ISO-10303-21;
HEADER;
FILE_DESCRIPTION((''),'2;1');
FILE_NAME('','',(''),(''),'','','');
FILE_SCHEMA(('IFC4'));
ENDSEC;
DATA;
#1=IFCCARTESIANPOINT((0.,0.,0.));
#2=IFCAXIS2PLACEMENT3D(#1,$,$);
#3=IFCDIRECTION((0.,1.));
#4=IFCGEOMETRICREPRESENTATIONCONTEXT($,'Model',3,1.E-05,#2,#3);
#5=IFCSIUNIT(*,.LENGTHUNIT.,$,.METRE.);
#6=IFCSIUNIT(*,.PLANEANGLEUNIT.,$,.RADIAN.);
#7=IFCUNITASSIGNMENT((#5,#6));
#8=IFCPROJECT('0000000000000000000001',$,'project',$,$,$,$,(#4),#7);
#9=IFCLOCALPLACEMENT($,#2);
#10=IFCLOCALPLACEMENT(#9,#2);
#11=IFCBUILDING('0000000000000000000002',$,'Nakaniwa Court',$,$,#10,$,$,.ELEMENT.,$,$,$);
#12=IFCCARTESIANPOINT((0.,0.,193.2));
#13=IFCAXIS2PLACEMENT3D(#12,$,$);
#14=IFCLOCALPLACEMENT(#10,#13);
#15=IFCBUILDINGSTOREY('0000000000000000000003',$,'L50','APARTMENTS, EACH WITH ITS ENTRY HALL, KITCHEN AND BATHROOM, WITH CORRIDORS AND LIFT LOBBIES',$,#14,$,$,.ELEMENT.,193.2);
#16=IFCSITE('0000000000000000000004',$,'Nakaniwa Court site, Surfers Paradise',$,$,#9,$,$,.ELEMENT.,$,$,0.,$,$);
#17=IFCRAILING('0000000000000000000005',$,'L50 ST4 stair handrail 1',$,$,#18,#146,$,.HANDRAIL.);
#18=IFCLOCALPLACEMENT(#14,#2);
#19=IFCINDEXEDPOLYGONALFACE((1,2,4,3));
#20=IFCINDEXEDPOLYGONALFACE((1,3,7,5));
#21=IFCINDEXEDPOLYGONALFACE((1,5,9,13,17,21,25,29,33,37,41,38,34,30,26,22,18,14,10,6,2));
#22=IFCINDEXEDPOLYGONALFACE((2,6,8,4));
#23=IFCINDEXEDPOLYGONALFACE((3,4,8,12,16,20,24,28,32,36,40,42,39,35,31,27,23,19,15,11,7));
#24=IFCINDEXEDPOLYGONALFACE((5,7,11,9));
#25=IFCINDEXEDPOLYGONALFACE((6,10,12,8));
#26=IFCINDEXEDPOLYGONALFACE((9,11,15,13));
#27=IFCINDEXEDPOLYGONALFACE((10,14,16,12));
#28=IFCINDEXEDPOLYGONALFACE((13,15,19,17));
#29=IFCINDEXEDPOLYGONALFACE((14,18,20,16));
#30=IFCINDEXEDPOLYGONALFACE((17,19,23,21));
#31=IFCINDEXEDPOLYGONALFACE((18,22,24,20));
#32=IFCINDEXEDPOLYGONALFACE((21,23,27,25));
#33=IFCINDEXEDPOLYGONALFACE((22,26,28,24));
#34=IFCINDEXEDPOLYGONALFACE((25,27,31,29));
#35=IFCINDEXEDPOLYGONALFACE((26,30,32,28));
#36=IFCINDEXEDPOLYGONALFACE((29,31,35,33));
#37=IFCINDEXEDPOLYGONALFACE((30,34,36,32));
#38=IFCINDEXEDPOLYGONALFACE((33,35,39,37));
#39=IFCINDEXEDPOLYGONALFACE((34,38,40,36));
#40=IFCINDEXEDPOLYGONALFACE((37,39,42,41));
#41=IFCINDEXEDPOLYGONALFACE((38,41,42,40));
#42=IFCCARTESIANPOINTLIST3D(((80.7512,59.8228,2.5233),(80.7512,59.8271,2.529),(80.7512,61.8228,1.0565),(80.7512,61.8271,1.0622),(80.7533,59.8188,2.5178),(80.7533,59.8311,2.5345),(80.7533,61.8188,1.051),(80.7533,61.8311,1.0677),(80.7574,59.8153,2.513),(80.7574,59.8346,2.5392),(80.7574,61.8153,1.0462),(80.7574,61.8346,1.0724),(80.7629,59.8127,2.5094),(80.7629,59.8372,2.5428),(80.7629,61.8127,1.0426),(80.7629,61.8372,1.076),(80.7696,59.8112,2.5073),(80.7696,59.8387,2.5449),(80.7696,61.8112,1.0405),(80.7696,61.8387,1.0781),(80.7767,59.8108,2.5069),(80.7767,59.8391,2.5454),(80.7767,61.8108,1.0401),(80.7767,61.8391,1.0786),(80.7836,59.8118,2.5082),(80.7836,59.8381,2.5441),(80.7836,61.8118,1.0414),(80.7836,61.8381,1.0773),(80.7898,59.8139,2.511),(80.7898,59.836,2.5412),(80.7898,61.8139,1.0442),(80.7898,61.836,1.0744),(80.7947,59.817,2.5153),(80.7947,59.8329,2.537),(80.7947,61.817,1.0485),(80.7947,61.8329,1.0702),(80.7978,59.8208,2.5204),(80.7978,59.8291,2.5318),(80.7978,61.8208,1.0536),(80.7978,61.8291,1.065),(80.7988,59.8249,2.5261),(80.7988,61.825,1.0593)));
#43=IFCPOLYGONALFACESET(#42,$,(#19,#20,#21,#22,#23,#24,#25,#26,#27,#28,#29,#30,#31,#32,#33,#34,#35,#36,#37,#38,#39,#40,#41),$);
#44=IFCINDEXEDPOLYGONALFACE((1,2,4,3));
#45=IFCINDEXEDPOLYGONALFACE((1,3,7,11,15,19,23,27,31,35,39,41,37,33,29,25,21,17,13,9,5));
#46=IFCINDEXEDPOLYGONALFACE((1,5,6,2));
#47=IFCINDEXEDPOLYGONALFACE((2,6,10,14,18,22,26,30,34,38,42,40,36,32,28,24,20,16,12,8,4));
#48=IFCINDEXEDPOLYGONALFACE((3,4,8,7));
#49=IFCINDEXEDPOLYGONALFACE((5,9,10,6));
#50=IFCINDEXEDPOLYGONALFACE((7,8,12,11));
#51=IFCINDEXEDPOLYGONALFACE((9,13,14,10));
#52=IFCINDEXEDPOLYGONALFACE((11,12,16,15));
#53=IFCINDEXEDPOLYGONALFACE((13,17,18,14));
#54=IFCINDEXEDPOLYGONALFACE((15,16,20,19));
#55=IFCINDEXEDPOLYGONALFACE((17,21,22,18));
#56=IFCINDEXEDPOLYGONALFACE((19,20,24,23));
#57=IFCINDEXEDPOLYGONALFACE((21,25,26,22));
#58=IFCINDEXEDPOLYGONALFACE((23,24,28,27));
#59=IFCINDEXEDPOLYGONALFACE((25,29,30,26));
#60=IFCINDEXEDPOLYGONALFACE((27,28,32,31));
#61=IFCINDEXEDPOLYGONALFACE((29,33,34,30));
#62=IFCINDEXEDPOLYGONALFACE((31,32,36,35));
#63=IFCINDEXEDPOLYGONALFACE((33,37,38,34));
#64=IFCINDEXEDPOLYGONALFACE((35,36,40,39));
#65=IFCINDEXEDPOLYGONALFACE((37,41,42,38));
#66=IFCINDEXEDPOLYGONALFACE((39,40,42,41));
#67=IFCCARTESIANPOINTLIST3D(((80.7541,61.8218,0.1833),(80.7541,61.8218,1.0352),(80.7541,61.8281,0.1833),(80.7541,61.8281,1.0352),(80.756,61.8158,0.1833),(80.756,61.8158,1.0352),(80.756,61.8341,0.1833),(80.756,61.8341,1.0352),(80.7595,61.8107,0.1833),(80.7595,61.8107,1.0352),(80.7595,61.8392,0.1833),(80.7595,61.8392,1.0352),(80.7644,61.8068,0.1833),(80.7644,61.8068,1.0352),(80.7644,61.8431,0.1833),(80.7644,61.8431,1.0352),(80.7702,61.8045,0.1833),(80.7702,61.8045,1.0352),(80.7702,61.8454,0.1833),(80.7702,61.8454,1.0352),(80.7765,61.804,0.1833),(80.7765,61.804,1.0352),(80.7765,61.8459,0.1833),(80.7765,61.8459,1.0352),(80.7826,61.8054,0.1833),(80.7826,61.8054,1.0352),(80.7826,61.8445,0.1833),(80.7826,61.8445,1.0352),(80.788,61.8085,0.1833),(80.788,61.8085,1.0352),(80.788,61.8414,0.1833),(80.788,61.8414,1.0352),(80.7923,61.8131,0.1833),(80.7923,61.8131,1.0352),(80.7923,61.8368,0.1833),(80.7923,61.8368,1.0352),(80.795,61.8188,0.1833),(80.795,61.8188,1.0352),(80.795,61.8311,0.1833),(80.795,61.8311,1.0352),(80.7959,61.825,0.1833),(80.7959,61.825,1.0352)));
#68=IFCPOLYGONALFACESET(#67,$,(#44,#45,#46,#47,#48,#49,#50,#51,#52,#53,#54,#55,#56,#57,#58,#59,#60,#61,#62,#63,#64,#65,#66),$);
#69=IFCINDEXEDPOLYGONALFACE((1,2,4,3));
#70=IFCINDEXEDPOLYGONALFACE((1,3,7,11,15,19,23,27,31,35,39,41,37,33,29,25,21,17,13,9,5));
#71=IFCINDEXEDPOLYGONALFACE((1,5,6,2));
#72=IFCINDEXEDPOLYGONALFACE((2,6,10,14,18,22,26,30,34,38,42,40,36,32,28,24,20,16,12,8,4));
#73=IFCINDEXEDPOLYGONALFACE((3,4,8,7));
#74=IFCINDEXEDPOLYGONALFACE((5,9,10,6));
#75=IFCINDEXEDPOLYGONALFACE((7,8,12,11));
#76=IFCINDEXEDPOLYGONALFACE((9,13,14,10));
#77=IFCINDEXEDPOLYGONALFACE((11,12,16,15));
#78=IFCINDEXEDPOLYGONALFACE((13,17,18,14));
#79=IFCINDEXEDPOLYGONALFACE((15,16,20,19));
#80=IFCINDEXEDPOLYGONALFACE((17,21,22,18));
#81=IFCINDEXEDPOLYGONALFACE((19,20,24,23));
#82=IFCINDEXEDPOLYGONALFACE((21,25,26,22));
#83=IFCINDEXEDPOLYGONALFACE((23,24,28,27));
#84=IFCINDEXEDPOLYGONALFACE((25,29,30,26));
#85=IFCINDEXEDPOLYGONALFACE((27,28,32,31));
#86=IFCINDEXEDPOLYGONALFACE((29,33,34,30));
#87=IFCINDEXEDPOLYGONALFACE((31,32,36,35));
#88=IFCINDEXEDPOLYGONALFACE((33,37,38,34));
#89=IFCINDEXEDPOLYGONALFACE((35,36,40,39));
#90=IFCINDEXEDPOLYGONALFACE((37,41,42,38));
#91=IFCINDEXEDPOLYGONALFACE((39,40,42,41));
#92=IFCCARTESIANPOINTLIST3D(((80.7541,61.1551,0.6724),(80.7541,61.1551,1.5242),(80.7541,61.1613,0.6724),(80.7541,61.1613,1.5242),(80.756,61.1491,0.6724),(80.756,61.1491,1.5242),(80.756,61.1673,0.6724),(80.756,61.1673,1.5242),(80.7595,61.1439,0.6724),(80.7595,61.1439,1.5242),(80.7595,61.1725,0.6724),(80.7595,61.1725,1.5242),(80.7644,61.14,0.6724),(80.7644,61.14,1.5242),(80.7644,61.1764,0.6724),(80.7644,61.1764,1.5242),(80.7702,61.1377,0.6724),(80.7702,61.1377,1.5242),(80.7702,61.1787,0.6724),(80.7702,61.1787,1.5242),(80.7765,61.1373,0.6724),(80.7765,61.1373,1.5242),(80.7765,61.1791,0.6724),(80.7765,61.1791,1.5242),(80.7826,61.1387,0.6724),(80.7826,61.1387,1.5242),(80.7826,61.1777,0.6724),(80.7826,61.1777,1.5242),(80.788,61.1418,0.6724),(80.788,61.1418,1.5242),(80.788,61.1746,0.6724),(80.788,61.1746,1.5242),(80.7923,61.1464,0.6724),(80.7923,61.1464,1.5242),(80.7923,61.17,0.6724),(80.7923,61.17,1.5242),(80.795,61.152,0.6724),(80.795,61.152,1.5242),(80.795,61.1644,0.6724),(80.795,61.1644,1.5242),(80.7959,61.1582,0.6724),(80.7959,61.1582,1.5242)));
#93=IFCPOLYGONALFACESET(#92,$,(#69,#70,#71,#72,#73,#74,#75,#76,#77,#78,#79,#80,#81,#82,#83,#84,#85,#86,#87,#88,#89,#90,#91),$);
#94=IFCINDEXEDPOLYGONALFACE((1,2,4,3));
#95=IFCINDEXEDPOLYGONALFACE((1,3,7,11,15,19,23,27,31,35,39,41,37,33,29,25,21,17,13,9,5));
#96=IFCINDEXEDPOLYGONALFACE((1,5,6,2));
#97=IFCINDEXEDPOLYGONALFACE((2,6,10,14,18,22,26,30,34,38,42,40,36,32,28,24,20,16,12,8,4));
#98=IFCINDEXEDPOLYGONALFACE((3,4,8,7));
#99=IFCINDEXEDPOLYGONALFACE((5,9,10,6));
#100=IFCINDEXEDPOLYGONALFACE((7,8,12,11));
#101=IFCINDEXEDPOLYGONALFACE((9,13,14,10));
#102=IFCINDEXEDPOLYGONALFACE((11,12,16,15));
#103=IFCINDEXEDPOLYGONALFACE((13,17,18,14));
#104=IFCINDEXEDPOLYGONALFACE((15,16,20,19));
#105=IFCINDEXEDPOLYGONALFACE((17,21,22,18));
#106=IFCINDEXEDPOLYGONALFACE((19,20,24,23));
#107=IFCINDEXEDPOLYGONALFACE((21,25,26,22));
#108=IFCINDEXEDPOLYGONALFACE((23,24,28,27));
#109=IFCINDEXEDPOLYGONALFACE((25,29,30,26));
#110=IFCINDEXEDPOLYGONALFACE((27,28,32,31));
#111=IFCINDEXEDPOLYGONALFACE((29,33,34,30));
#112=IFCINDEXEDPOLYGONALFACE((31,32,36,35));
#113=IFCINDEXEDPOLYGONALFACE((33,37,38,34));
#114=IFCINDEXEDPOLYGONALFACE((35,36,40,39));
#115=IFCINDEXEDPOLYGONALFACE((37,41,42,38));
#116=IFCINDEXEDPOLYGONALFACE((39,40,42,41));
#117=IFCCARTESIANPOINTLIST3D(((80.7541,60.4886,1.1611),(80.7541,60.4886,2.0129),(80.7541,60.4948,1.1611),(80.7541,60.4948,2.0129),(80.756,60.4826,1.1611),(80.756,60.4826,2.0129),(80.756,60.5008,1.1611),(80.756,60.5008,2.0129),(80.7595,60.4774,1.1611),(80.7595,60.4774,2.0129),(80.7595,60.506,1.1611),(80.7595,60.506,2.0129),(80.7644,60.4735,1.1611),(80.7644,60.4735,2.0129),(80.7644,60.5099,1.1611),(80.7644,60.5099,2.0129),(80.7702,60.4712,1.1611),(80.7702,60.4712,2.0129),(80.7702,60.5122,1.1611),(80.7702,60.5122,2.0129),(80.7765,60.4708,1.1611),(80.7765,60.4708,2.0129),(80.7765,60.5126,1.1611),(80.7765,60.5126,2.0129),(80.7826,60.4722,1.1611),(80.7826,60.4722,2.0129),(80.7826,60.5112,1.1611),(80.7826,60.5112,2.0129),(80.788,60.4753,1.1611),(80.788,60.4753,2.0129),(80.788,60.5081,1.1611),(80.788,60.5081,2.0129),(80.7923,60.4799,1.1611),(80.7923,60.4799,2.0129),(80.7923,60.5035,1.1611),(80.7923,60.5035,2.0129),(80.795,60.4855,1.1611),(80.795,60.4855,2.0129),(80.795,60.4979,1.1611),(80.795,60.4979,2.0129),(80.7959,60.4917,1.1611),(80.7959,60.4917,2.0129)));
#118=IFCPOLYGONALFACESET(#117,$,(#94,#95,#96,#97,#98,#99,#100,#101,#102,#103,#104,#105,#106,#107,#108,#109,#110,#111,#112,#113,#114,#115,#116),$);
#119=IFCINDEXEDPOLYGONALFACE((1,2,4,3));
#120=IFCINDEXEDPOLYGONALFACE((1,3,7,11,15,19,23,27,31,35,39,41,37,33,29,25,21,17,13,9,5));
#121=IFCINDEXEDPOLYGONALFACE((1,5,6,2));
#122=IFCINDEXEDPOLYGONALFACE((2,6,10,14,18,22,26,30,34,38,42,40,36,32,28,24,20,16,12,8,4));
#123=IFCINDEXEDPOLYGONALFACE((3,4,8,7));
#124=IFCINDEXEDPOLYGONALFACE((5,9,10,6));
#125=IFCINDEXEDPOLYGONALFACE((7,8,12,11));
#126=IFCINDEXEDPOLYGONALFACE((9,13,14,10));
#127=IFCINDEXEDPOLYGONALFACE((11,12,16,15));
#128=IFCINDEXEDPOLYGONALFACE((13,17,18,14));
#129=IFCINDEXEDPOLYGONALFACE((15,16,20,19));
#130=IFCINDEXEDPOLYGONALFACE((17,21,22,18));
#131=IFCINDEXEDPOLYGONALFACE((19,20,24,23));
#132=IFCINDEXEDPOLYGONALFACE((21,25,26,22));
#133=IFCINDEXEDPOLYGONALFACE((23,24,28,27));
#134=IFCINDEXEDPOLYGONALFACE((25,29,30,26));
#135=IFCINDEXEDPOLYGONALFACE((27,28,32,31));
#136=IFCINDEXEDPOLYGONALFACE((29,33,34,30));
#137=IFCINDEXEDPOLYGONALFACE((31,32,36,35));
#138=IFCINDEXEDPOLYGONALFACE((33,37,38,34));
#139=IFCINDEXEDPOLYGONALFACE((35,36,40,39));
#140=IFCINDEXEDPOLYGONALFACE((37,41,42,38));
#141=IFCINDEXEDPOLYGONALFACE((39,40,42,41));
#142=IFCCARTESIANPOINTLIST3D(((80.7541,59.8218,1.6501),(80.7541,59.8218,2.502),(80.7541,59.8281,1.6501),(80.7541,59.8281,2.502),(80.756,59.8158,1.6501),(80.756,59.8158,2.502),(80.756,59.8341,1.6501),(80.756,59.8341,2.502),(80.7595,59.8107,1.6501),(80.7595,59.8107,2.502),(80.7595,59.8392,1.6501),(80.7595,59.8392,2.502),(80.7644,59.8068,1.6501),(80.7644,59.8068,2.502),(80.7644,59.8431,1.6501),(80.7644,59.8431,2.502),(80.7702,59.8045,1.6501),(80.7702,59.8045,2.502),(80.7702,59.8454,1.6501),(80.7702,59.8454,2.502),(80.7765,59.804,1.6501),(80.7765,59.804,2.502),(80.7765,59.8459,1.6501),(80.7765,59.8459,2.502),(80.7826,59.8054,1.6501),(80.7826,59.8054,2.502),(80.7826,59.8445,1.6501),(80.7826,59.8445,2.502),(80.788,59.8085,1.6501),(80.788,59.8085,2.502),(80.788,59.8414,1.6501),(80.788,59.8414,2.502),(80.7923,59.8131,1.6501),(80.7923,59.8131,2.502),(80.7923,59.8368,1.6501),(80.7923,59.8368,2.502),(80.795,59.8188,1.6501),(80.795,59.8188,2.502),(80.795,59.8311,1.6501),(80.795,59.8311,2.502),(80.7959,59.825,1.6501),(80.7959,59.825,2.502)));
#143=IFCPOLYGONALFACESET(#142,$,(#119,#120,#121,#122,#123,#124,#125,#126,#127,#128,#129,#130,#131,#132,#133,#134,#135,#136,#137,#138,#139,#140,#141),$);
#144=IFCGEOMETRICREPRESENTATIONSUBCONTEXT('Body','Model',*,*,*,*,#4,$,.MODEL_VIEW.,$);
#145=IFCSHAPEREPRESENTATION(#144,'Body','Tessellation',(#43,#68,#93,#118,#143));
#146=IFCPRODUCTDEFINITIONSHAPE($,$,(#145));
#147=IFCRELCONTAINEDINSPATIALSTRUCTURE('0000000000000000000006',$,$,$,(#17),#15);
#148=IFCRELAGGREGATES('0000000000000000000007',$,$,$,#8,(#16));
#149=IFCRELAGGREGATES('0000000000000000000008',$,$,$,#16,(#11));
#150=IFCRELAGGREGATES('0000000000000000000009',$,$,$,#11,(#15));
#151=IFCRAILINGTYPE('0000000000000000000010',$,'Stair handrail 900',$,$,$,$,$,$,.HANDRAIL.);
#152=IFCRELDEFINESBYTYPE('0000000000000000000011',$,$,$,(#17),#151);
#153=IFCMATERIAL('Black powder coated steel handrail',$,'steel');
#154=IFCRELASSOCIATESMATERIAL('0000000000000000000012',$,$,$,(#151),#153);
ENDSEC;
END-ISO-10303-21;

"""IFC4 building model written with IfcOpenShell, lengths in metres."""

from ifc_helpers import new_model, si_unit, direction, frame, origin, origin_2d, place, context, subcontext, project, spatial, circle, extrude, material, type_object, element, save


model = new_model("IFC4")

# Units and contexts
model_context = context("Model", 3, precision=1e-05, world=origin(), true_north=direction((0.0, 1.0)))
body_context = subcontext(model_context, "Body", "Model", "MODEL_VIEW")
ifc_project = project(units=[si_unit("LENGTHUNIT", "METRE"), si_unit("PLANEANGLEUNIT", "RADIAN")], contexts=[model_context])

# Site, building, storey
site_placement = place(None, origin())
site = spatial("IfcSite", under=ifc_project, at=site_placement, Name="Nakaniwa Court site, Surfers Paradise", CompositionType="ELEMENT", RefElevation=0.0)
building_placement = place(site_placement, origin())
building = spatial("IfcBuilding", under=site, at=building_placement, Name="Nakaniwa Court", CompositionType="ELEMENT")
storey_placement = place(building_placement, frame((0.0, 0.0, 193.2)))
storey = spatial("IfcBuildingStorey", under=building, at=storey_placement, Name="L50", Description="APARTMENTS, EACH WITH ITS ENTRY HALL, KITCHEN AND BATHROOM, WITH CORRIDORS AND LIFT LOBBIES", CompositionType="ELEMENT", Elevation=193.2)

# Railing
ifc_material_1 = material(Name="Black powder coated steel handrail", Category="steel")
railing_type_1 = type_object("IfcRailingType", Name="Stair handrail 900", PredefinedType="HANDRAIL", material=ifc_material_1)
railing_1_placement = place(storey_placement, frame((80.7749, 61.825, 0.1833)))
element("IfcRailing", 1, at=railing_1_placement, inside=storey, type_object=railing_type_1, Name="L50 ST4 stair handrail 1", PredefinedType="HANDRAIL", context=body_context, shape_type="SweptSolid", body=[
    extrude(circle(Radius=0.0239, at=origin_2d()), frame((0.0, 0.0, 0.876), z_axis=(0.0, -0.80638, 0.591398), x_axis=(1.0, 0.0, 0.0)), (0.0, 0.0, 1.0), 2.4802),
    extrude(circle(Radius=0.021, at=origin_2d()), origin(), (0.0, 0.0, 1.0), 0.8518),
    extrude(circle(Radius=0.021, at=origin_2d()), frame((0.0, -0.6667, 0.489)), (0.0, 0.0, 1.0), 0.8518),
    extrude(circle(Radius=0.021, at=origin_2d()), frame((0.0, -1.3333, 0.9778)), (0.0, 0.0, 1.0), 0.8518),
    extrude(circle(Radius=0.021, at=origin_2d()), frame((0.0, -2.0, 1.4668)), (0.0, 0.0, 1.0), 0.8518),
])

save(model, "model.ifc")
